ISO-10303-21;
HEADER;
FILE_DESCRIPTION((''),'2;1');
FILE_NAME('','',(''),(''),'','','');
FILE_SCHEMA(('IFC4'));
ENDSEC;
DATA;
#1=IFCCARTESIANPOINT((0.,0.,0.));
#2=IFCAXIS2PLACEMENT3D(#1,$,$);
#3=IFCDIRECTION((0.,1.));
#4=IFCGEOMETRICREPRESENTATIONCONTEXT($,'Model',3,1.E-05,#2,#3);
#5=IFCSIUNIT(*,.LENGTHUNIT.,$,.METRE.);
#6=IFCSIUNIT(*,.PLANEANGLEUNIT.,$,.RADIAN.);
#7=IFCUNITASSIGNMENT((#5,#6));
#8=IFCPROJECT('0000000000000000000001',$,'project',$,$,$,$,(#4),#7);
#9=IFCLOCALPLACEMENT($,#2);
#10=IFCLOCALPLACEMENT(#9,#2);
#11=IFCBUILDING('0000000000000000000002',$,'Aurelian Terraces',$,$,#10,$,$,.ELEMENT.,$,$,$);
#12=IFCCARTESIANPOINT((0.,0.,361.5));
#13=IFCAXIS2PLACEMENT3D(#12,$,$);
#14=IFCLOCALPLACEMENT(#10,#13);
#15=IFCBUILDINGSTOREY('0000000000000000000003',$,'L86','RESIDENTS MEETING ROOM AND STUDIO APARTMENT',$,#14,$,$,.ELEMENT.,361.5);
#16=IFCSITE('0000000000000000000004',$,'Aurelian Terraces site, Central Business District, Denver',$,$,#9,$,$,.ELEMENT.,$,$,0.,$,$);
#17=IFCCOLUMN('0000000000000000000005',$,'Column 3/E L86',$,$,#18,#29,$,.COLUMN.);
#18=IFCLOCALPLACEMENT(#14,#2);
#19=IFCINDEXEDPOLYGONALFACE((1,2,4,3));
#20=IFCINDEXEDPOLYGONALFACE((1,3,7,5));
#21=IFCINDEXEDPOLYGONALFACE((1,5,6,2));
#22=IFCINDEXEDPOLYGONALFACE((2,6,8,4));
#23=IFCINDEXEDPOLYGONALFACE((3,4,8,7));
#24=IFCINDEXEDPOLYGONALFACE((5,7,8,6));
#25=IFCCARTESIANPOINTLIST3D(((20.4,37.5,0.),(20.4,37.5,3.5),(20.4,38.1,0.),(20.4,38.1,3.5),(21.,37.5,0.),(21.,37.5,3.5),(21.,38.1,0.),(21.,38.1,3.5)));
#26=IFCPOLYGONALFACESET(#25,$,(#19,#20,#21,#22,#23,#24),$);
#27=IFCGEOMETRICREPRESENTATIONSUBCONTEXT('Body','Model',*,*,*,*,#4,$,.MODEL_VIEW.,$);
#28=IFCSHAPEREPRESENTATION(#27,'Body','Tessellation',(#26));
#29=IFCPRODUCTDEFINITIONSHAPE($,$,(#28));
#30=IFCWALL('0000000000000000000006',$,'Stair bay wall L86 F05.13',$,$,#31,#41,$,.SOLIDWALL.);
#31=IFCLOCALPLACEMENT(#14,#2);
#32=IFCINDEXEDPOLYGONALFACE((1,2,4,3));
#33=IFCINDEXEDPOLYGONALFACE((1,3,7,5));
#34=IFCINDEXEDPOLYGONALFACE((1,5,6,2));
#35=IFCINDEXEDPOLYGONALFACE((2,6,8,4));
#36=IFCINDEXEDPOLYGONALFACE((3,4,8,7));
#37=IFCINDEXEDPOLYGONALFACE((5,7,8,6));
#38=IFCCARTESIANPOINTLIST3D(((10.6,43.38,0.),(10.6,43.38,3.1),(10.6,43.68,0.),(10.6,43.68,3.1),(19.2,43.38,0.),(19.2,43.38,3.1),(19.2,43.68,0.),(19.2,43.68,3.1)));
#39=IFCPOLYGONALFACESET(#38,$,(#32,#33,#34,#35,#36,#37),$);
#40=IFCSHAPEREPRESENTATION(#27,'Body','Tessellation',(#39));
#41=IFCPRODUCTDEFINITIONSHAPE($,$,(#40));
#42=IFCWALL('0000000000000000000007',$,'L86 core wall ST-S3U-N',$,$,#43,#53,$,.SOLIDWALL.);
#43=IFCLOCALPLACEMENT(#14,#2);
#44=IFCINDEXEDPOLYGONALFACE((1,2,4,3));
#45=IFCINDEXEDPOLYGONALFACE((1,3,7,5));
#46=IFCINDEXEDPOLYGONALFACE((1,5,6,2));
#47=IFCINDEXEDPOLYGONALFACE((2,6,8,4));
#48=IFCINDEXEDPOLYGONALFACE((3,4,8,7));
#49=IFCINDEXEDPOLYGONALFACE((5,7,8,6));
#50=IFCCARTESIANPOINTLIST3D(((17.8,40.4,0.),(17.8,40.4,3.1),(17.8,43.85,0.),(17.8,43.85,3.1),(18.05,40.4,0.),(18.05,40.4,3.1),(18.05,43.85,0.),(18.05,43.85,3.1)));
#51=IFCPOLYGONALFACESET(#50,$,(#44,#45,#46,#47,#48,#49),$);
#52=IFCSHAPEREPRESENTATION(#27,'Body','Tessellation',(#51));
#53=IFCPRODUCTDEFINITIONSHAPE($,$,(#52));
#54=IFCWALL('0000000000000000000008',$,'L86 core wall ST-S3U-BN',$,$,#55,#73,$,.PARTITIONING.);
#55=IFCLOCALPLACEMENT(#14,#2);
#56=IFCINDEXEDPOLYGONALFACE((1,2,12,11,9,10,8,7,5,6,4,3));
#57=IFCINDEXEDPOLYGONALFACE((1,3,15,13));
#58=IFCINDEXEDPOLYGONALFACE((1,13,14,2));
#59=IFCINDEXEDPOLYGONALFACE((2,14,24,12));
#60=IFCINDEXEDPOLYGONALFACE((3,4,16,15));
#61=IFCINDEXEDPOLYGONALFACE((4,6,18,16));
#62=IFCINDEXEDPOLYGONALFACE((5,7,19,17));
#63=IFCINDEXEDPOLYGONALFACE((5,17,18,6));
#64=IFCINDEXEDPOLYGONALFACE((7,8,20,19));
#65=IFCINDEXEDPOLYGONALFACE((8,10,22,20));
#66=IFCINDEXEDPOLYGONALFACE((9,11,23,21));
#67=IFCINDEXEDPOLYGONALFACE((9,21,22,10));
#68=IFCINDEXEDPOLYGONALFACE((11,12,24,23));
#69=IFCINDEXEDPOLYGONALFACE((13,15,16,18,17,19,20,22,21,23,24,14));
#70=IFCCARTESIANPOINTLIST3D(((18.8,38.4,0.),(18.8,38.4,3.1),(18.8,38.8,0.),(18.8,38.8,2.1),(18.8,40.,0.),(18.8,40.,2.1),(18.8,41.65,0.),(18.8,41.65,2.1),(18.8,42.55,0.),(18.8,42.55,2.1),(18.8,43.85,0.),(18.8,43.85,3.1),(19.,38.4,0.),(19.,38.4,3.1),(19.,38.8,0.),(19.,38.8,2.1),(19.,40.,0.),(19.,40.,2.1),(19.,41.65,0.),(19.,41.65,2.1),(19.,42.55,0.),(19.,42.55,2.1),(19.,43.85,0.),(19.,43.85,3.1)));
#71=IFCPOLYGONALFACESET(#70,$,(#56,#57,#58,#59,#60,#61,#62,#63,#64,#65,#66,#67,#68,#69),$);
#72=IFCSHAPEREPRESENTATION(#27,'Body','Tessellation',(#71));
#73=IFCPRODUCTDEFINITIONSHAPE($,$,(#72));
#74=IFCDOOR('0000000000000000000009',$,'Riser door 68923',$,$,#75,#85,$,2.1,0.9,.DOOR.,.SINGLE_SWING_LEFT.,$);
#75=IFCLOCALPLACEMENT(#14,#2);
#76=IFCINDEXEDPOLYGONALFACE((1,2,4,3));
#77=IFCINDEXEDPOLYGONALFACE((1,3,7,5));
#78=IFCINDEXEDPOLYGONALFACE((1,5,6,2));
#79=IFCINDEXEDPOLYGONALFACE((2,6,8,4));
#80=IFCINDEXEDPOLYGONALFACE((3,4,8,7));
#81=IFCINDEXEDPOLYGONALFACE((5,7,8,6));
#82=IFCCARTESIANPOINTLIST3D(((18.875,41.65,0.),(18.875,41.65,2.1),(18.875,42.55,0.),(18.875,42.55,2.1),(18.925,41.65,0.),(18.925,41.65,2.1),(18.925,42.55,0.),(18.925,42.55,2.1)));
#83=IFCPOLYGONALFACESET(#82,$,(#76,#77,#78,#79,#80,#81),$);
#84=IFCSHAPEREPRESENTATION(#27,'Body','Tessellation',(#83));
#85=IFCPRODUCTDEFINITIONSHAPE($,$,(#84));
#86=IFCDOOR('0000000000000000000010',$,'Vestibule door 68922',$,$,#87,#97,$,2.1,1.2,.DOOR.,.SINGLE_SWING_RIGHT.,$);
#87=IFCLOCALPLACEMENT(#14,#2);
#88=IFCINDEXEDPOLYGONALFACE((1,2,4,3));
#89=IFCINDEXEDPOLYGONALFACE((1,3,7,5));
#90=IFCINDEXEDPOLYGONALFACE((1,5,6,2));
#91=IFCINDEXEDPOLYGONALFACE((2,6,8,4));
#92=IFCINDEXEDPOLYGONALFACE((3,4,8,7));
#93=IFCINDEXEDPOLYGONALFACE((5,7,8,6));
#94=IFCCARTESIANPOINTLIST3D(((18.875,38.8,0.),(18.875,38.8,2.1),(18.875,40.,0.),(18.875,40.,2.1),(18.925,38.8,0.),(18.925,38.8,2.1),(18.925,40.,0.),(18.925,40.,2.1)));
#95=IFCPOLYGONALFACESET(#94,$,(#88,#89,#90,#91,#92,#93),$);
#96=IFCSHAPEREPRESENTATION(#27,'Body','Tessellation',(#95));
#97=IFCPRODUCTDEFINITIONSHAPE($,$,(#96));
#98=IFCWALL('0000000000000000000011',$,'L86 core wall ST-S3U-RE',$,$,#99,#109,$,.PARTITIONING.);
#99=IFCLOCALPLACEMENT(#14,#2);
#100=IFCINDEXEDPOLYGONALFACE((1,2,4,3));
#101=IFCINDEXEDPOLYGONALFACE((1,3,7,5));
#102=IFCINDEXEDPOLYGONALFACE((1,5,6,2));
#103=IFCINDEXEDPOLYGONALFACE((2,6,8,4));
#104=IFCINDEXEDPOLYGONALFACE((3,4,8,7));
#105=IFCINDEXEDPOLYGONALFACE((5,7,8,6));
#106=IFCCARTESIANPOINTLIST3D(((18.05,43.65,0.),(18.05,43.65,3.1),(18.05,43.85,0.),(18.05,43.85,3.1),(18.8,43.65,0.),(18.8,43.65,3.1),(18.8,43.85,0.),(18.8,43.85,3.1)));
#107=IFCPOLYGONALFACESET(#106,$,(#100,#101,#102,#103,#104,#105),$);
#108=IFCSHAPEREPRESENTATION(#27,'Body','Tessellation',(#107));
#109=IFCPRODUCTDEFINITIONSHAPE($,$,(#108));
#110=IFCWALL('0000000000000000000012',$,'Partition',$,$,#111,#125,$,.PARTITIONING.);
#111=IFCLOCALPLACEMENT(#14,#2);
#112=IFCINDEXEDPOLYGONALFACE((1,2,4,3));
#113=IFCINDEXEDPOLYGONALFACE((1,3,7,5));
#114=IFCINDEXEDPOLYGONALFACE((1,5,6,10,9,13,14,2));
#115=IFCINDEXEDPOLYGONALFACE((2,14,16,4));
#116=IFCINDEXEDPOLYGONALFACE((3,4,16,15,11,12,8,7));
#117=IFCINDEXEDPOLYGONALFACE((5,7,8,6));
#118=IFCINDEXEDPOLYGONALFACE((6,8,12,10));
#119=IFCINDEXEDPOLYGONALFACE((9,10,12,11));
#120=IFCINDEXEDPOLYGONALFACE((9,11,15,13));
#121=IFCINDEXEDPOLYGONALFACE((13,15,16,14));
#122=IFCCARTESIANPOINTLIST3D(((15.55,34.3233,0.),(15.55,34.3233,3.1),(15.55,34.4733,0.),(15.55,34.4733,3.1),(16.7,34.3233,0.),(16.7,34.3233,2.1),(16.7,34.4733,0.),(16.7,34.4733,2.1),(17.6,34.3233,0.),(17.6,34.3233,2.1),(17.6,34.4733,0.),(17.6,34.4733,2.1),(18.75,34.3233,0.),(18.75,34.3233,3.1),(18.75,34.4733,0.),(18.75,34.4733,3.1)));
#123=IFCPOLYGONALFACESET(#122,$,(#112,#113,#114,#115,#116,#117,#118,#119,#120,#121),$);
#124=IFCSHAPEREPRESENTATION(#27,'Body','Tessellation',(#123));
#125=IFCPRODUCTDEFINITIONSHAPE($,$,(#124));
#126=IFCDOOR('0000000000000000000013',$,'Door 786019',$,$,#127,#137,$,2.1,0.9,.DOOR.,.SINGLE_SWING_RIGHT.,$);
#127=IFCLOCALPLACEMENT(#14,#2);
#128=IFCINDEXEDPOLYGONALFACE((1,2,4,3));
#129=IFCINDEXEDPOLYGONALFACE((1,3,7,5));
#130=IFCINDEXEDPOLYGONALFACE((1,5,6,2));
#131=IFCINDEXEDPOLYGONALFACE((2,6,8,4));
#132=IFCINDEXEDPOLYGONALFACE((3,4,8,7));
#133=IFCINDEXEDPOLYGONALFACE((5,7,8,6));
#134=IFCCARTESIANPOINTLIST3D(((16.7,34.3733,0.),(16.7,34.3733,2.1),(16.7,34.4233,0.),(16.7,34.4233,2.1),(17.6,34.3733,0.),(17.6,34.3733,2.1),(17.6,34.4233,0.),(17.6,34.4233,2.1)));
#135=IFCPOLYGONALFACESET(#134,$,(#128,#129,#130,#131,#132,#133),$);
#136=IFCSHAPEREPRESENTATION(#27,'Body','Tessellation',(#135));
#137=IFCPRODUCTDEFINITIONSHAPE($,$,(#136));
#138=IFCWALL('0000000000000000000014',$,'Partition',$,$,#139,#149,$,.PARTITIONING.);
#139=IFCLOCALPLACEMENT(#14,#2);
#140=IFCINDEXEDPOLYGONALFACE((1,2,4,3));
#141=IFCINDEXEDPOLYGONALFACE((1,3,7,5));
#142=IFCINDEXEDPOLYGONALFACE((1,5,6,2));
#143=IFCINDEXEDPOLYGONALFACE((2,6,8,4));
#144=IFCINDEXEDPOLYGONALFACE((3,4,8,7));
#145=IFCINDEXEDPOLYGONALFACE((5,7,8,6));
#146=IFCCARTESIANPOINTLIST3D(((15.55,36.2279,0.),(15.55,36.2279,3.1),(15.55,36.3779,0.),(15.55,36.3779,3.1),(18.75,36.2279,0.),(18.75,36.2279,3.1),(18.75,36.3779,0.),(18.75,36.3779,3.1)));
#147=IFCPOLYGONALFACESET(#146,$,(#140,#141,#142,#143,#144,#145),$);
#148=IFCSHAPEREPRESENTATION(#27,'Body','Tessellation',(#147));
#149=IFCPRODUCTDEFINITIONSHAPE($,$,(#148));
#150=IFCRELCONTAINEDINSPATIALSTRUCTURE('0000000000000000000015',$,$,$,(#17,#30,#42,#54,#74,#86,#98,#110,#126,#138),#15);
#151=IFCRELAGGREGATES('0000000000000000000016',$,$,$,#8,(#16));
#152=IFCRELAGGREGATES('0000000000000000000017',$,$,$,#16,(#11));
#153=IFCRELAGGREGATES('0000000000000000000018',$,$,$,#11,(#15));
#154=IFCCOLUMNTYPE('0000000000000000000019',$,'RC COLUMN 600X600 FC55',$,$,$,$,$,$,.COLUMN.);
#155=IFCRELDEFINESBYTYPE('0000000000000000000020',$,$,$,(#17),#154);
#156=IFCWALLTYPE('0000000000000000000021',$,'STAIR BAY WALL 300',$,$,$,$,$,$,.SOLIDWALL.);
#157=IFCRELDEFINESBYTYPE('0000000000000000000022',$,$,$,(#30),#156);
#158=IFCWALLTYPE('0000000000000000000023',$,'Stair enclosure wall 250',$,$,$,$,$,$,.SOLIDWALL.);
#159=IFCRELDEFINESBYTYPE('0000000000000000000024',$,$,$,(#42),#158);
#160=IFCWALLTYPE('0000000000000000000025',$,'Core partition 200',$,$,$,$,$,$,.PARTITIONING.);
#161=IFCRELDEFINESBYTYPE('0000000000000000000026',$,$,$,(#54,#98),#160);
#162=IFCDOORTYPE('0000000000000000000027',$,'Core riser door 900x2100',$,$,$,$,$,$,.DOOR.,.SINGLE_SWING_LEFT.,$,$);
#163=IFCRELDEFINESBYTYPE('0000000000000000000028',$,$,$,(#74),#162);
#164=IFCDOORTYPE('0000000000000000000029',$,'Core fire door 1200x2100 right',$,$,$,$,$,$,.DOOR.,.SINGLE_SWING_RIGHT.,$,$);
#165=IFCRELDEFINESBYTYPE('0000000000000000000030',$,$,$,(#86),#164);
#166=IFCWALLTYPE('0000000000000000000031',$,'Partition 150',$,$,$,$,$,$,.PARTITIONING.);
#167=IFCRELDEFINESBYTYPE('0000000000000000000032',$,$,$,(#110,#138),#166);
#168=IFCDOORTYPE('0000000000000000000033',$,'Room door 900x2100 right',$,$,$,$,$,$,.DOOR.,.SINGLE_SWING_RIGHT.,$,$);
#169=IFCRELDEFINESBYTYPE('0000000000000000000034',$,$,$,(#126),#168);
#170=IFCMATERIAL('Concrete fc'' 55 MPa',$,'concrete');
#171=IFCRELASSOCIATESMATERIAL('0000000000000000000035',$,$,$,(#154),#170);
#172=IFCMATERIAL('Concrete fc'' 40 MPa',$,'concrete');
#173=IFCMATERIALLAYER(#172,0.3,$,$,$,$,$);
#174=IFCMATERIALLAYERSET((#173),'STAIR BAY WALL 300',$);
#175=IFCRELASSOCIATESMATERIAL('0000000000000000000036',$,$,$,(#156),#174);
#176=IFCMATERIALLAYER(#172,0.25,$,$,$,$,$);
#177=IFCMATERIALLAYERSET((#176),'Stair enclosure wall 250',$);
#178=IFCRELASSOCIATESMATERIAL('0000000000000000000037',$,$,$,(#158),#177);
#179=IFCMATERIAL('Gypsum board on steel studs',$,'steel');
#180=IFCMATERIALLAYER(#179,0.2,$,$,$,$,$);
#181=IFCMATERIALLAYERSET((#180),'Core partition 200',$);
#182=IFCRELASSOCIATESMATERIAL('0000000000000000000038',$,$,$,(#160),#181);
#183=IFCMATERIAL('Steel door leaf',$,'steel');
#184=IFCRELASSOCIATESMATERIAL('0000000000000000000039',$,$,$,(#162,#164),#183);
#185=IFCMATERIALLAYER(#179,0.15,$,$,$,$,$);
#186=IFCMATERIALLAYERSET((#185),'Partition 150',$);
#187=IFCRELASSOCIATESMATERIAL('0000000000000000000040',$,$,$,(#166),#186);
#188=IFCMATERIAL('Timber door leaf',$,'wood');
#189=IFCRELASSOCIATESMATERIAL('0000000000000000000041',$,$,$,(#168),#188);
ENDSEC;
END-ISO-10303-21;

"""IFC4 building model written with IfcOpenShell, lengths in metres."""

from ifc_helpers import new_model, si_unit, direction, frame, frame_2d, origin, origin_2d, place, context, subcontext, project, spatial, rectangle, extrude, source, transform, mapped, material, layer, layer_set, material_profile, profile_set, type_object, element, fill, save


model = new_model("IFC4")

# Units and contexts
model_context = context("Model", 3, precision=1e-05, world=origin(), true_north=direction((0.0, 1.0)))
body_context = subcontext(model_context, "Body", "Model", "MODEL_VIEW")
ifc_project = project(units=[si_unit("LENGTHUNIT", "METRE"), si_unit("PLANEANGLEUNIT", "RADIAN")], contexts=[model_context])

# Site, building, storey
site_placement = place(None, origin())
site = spatial("IfcSite", under=ifc_project, at=site_placement, Name="Aurelian Terraces site, Central Business District, Denver", CompositionType="ELEMENT", RefElevation=0.0)
building_placement = place(site_placement, origin())
building = spatial("IfcBuilding", under=site, at=building_placement, Name="Aurelian Terraces", CompositionType="ELEMENT")
storey_placement = place(building_placement, frame((0.0, 0.0, 361.5)))
storey = spatial("IfcBuildingStorey", under=building, at=storey_placement, Name="L86", Description="RESIDENTS MEETING ROOM AND STUDIO APARTMENT", CompositionType="ELEMENT", Elevation=361.5)

# Column
ifc_material_1 = material(Name="Concrete fc' 55 MPa", Category="concrete")
ifc_material_profile = material_profile(ifc_material_1, rectangle(XDim=0.6, YDim=0.6, at=origin_2d()))
ifc_profile_set = profile_set([ifc_material_profile], Name="Concrete fc' 55 MPa")
column_type = type_object("IfcColumnType", Name="RC COLUMN 600X600 FC55", PredefinedType="COLUMN", material=ifc_profile_set)
shared_shape_1 = source(origin(), body_context, "Body", "SweptSolid", [
    extrude(rectangle(XDim=0.6, YDim=0.6, at=origin_2d()), origin(), (0.0, 0.0, 1.0), 3.5),
])
column_placement = place(storey_placement, frame((20.7, 37.8, 0.0), z_axis=(0.0, 0.0, 1.0), x_axis=(1.0, 0.0, 0.0)))
element("IfcColumn", 1, at=column_placement, inside=storey, type_object=column_type, Name="Column 3/E L86", PredefinedType="COLUMN", context=body_context, shape_type="MappedRepresentation", body=[
    mapped(shared_shape_1, transform((0.0, 0.0, 0.0), scale=1.0)),
])

# Walls
ifc_material_2 = material(Name="Concrete fc' 40 MPa", Category="concrete")
ifc_layer_1 = layer(ifc_material_2, 0.3)
ifc_layer_set_1 = layer_set([ifc_layer_1], Name="STAIR BAY WALL 300")
wall_type_1 = type_object("IfcWallType", Name="STAIR BAY WALL 300", PredefinedType="SOLIDWALL", material=ifc_layer_set_1)
shared_shape_2 = source(origin(), body_context, "Body", "SweptSolid", [
    extrude(rectangle(XDim=8.6, YDim=0.3, at=frame_2d((4.3, 0.0))), origin(), (0.0, 0.0, 1.0), 3.1),
])
wall_1_placement = place(storey_placement, frame((19.2, 43.53, 0.0), z_axis=(0.0, 0.0, 1.0), x_axis=(-1.0, 0.0, 0.0)))
element("IfcWall", 2, at=wall_1_placement, inside=storey, type_object=wall_type_1, Name="Stair bay wall L86 F05.13", PredefinedType="SOLIDWALL", context=body_context, shape_type="MappedRepresentation", body=[
    mapped(shared_shape_2, transform((0.0, 0.0, 0.0), scale=1.0)),
])
ifc_layer_2 = layer(ifc_material_2, 0.25)
ifc_layer_set_2 = layer_set([ifc_layer_2], Name="Stair enclosure wall 250")
wall_type_2 = type_object("IfcWallType", Name="Stair enclosure wall 250", PredefinedType="SOLIDWALL", material=ifc_layer_set_2)
shared_shape_3 = source(origin(), body_context, "Body", "SweptSolid", [
    extrude(rectangle(XDim=3.45, YDim=0.25, at=frame_2d((1.725, 0.0))), origin(), (0.0, 0.0, 1.0), 3.1),
])
wall_2_placement = place(storey_placement, frame((17.925, 40.4, 0.0), z_axis=(0.0, 0.0, 1.0), x_axis=(0.0, 1.0, 0.0)))
element("IfcWall", 3, at=wall_2_placement, inside=storey, type_object=wall_type_2, Name="L86 core wall ST-S3U-N", PredefinedType="SOLIDWALL", context=body_context, shape_type="MappedRepresentation", body=[
    mapped(shared_shape_3, transform((0.0, 0.0, 0.0), scale=1.0)),
])

# Wall, openings, doors
ifc_material_3 = material(Name="Gypsum board on steel studs", Category="steel")
ifc_layer_3 = layer(ifc_material_3, 0.2)
ifc_layer_set_3 = layer_set([ifc_layer_3], Name="Core partition 200")
wall_type_3 = type_object("IfcWallType", Name="Core partition 200", PredefinedType="PARTITIONING", material=ifc_layer_set_3)
shared_shape_4 = source(origin(), body_context, "Body", "SweptSolid", [
    extrude(rectangle(XDim=5.45, YDim=0.2, at=frame_2d((2.725, 0.0))), origin(), (0.0, 0.0, 1.0), 3.1),
])
wall_3_placement = place(storey_placement, frame((18.9, 38.4, 0.0), z_axis=(0.0, 0.0, 1.0), x_axis=(0.0, 1.0, 0.0)))
wall_3 = element("IfcWall", 4, at=wall_3_placement, inside=storey, type_object=wall_type_3, Name="L86 core wall ST-S3U-BN", PredefinedType="PARTITIONING", context=body_context, shape_type="MappedRepresentation", body=[
    mapped(shared_shape_4, transform((0.0, 0.0, 0.0), scale=1.0)),
])
shared_shape_5 = source(origin(), body_context, "Body", "SweptSolid", [
    extrude(rectangle(XDim=1.2, YDim=2.1, at=frame_2d((0.6, 1.05))), frame((0.0, 0.11, 0.0), z_axis=(0.0, -1.0, 0.0), x_axis=(1.0, 0.0, 0.0)), (0.0, 0.0, 1.0), 0.22),
])
opening_1_placement = place(wall_3_placement, frame((0.4, 0.0, 0.0)))
opening_1 = element("IfcOpeningElement", 5, at=opening_1_placement, cuts=wall_3, PredefinedType="OPENING", context=body_context, shape_type="MappedRepresentation", body=[
    mapped(shared_shape_5, transform((0.0, 0.0, 0.0), scale=1.0)),
])
shared_shape_6 = source(origin(), body_context, "Body", "SweptSolid", [
    extrude(rectangle(XDim=0.9, YDim=2.1, at=frame_2d((0.45, 1.05))), frame((0.0, 0.11, 0.0), z_axis=(0.0, -1.0, 0.0), x_axis=(1.0, 0.0, 0.0)), (0.0, 0.0, 1.0), 0.22),
])
opening_2_placement = place(wall_3_placement, frame((3.25, 0.0, 0.0)))
opening_2 = element("IfcOpeningElement", 6, at=opening_2_placement, cuts=wall_3, PredefinedType="OPENING", context=body_context, shape_type="MappedRepresentation", body=[
    mapped(shared_shape_6, transform((0.0, 0.0, 0.0), scale=1.0)),
])
ifc_material_4 = material(Name="Steel door leaf", Category="steel")
door_type_1 = type_object("IfcDoorType", Name="Core riser door 900x2100", OperationType="SINGLE_SWING_LEFT", PredefinedType="DOOR", material=ifc_material_4)
shared_shape_7 = source(origin(), body_context, "Body", "SweptSolid", [
    extrude(rectangle(XDim=0.9, YDim=2.1, at=frame_2d((0.45, 1.05))), frame((0.0, 0.025, 0.0), z_axis=(0.0, -1.0, 0.0), x_axis=(1.0, 0.0, 0.0)), (0.0, 0.0, 1.0), 0.05),
])
door_1_placement = place(opening_2_placement, origin())
door_1 = element("IfcDoor", 7, at=door_1_placement, inside=storey, type_object=door_type_1, Name="Riser door 68923", OperationType="SINGLE_SWING_LEFT", OverallHeight=2.1, OverallWidth=0.9, PredefinedType="DOOR", context=body_context, shape_type="MappedRepresentation", body=[
    mapped(shared_shape_7, transform((0.0, 0.0, 0.0), scale=1.0)),
])
fill(opening_2, door_1)
door_type_2 = type_object("IfcDoorType", Name="Core fire door 1200x2100 right", OperationType="SINGLE_SWING_RIGHT", PredefinedType="DOOR", material=ifc_material_4)
shared_shape_8 = source(origin(), body_context, "Body", "SweptSolid", [
    extrude(rectangle(XDim=1.2, YDim=2.1, at=frame_2d((0.6, 1.05))), frame((0.0, 0.025, 0.0), z_axis=(0.0, -1.0, 0.0), x_axis=(1.0, 0.0, 0.0)), (0.0, 0.0, 1.0), 0.05),
])
door_2_placement = place(opening_1_placement, origin())
door_2 = element("IfcDoor", 8, at=door_2_placement, inside=storey, type_object=door_type_2, Name="Vestibule door 68922", OperationType="SINGLE_SWING_RIGHT", OverallHeight=2.1, OverallWidth=1.2, PredefinedType="DOOR", context=body_context, shape_type="MappedRepresentation", body=[
    mapped(shared_shape_8, transform((0.0, 0.0, 0.0), scale=1.0)),
])
fill(opening_1, door_2)

# Wall
shared_shape_9 = source(origin(), body_context, "Body", "SweptSolid", [
    extrude(rectangle(XDim=0.75, YDim=0.2, at=frame_2d((0.375, 0.0))), origin(), (0.0, 0.0, 1.0), 3.1),
])
wall_4_placement = place(storey_placement, frame((18.05, 43.75, 0.0), z_axis=(0.0, 0.0, 1.0), x_axis=(1.0, 0.0, 0.0)))
element("IfcWall", 9, at=wall_4_placement, inside=storey, type_object=wall_type_3, Name="L86 core wall ST-S3U-RE", PredefinedType="PARTITIONING", context=body_context, shape_type="MappedRepresentation", body=[
    mapped(shared_shape_9, transform((0.0, 0.0, 0.0), scale=1.0)),
])

# Wall, opening, door
ifc_layer_4 = layer(ifc_material_3, 0.15)
ifc_layer_set_4 = layer_set([ifc_layer_4], Name="Partition 150")
wall_type_4 = type_object("IfcWallType", Name="Partition 150", PredefinedType="PARTITIONING", material=ifc_layer_set_4)
shared_shape_10 = source(origin(), body_context, "Body", "SweptSolid", [
    extrude(rectangle(XDim=3.2, YDim=0.15, at=frame_2d((1.6, 0.0))), origin(), (0.0, 0.0, 1.0), 3.1),
])
wall_5_placement = place(storey_placement, frame((18.75, 34.3983, 0.0), z_axis=(0.0, 0.0, 1.0), x_axis=(-1.0, 0.0, 0.0)))
wall_5 = element("IfcWall", 10, at=wall_5_placement, inside=storey, type_object=wall_type_4, Name="Partition", PredefinedType="PARTITIONING", context=body_context, shape_type="MappedRepresentation", body=[
    mapped(shared_shape_10, transform((0.0, 0.0, 0.0), scale=1.0)),
])
shared_shape_11 = source(origin(), body_context, "Body", "SweptSolid", [
    extrude(rectangle(XDim=0.9, YDim=2.1, at=frame_2d((0.45, 1.05))), frame((0.0, 0.085, 0.0), z_axis=(0.0, -1.0, 0.0), x_axis=(1.0, 0.0, 0.0)), (0.0, 0.0, 1.0), 0.17),
])
opening_3_placement = place(wall_5_placement, frame((1.15, 0.0, 0.0)))
opening_3 = element("IfcOpeningElement", 11, at=opening_3_placement, cuts=wall_5, PredefinedType="OPENING", context=body_context, shape_type="MappedRepresentation", body=[
    mapped(shared_shape_11, transform((0.0, 0.0, 0.0), scale=1.0)),
])
ifc_material_5 = material(Name="Timber door leaf", Category="wood")
door_type_3 = type_object("IfcDoorType", Name="Room door 900x2100 right", OperationType="SINGLE_SWING_RIGHT", PredefinedType="DOOR", material=ifc_material_5)
door_3_placement = place(opening_3_placement, origin())
door_3 = element("IfcDoor", 12, at=door_3_placement, inside=storey, type_object=door_type_3, Name="Door 786019", OperationType="SINGLE_SWING_RIGHT", OverallHeight=2.1, OverallWidth=0.9, PredefinedType="DOOR", context=body_context, shape_type="MappedRepresentation", body=[
    mapped(shared_shape_7, transform((0.0, 0.0, 0.0), scale=1.0)),
])
fill(opening_3, door_3)

# Wall
wall_6_placement = place(storey_placement, frame((18.75, 36.3029, 0.0), z_axis=(0.0, 0.0, 1.0), x_axis=(-1.0, 0.0, 0.0)))
element("IfcWall", 13, at=wall_6_placement, inside=storey, type_object=wall_type_4, Name="Partition", PredefinedType="PARTITIONING", context=body_context, shape_type="MappedRepresentation", body=[
    mapped(shared_shape_10, transform((0.0, 0.0, 0.0), scale=1.0)),
])

save(model, "model.ifc")
